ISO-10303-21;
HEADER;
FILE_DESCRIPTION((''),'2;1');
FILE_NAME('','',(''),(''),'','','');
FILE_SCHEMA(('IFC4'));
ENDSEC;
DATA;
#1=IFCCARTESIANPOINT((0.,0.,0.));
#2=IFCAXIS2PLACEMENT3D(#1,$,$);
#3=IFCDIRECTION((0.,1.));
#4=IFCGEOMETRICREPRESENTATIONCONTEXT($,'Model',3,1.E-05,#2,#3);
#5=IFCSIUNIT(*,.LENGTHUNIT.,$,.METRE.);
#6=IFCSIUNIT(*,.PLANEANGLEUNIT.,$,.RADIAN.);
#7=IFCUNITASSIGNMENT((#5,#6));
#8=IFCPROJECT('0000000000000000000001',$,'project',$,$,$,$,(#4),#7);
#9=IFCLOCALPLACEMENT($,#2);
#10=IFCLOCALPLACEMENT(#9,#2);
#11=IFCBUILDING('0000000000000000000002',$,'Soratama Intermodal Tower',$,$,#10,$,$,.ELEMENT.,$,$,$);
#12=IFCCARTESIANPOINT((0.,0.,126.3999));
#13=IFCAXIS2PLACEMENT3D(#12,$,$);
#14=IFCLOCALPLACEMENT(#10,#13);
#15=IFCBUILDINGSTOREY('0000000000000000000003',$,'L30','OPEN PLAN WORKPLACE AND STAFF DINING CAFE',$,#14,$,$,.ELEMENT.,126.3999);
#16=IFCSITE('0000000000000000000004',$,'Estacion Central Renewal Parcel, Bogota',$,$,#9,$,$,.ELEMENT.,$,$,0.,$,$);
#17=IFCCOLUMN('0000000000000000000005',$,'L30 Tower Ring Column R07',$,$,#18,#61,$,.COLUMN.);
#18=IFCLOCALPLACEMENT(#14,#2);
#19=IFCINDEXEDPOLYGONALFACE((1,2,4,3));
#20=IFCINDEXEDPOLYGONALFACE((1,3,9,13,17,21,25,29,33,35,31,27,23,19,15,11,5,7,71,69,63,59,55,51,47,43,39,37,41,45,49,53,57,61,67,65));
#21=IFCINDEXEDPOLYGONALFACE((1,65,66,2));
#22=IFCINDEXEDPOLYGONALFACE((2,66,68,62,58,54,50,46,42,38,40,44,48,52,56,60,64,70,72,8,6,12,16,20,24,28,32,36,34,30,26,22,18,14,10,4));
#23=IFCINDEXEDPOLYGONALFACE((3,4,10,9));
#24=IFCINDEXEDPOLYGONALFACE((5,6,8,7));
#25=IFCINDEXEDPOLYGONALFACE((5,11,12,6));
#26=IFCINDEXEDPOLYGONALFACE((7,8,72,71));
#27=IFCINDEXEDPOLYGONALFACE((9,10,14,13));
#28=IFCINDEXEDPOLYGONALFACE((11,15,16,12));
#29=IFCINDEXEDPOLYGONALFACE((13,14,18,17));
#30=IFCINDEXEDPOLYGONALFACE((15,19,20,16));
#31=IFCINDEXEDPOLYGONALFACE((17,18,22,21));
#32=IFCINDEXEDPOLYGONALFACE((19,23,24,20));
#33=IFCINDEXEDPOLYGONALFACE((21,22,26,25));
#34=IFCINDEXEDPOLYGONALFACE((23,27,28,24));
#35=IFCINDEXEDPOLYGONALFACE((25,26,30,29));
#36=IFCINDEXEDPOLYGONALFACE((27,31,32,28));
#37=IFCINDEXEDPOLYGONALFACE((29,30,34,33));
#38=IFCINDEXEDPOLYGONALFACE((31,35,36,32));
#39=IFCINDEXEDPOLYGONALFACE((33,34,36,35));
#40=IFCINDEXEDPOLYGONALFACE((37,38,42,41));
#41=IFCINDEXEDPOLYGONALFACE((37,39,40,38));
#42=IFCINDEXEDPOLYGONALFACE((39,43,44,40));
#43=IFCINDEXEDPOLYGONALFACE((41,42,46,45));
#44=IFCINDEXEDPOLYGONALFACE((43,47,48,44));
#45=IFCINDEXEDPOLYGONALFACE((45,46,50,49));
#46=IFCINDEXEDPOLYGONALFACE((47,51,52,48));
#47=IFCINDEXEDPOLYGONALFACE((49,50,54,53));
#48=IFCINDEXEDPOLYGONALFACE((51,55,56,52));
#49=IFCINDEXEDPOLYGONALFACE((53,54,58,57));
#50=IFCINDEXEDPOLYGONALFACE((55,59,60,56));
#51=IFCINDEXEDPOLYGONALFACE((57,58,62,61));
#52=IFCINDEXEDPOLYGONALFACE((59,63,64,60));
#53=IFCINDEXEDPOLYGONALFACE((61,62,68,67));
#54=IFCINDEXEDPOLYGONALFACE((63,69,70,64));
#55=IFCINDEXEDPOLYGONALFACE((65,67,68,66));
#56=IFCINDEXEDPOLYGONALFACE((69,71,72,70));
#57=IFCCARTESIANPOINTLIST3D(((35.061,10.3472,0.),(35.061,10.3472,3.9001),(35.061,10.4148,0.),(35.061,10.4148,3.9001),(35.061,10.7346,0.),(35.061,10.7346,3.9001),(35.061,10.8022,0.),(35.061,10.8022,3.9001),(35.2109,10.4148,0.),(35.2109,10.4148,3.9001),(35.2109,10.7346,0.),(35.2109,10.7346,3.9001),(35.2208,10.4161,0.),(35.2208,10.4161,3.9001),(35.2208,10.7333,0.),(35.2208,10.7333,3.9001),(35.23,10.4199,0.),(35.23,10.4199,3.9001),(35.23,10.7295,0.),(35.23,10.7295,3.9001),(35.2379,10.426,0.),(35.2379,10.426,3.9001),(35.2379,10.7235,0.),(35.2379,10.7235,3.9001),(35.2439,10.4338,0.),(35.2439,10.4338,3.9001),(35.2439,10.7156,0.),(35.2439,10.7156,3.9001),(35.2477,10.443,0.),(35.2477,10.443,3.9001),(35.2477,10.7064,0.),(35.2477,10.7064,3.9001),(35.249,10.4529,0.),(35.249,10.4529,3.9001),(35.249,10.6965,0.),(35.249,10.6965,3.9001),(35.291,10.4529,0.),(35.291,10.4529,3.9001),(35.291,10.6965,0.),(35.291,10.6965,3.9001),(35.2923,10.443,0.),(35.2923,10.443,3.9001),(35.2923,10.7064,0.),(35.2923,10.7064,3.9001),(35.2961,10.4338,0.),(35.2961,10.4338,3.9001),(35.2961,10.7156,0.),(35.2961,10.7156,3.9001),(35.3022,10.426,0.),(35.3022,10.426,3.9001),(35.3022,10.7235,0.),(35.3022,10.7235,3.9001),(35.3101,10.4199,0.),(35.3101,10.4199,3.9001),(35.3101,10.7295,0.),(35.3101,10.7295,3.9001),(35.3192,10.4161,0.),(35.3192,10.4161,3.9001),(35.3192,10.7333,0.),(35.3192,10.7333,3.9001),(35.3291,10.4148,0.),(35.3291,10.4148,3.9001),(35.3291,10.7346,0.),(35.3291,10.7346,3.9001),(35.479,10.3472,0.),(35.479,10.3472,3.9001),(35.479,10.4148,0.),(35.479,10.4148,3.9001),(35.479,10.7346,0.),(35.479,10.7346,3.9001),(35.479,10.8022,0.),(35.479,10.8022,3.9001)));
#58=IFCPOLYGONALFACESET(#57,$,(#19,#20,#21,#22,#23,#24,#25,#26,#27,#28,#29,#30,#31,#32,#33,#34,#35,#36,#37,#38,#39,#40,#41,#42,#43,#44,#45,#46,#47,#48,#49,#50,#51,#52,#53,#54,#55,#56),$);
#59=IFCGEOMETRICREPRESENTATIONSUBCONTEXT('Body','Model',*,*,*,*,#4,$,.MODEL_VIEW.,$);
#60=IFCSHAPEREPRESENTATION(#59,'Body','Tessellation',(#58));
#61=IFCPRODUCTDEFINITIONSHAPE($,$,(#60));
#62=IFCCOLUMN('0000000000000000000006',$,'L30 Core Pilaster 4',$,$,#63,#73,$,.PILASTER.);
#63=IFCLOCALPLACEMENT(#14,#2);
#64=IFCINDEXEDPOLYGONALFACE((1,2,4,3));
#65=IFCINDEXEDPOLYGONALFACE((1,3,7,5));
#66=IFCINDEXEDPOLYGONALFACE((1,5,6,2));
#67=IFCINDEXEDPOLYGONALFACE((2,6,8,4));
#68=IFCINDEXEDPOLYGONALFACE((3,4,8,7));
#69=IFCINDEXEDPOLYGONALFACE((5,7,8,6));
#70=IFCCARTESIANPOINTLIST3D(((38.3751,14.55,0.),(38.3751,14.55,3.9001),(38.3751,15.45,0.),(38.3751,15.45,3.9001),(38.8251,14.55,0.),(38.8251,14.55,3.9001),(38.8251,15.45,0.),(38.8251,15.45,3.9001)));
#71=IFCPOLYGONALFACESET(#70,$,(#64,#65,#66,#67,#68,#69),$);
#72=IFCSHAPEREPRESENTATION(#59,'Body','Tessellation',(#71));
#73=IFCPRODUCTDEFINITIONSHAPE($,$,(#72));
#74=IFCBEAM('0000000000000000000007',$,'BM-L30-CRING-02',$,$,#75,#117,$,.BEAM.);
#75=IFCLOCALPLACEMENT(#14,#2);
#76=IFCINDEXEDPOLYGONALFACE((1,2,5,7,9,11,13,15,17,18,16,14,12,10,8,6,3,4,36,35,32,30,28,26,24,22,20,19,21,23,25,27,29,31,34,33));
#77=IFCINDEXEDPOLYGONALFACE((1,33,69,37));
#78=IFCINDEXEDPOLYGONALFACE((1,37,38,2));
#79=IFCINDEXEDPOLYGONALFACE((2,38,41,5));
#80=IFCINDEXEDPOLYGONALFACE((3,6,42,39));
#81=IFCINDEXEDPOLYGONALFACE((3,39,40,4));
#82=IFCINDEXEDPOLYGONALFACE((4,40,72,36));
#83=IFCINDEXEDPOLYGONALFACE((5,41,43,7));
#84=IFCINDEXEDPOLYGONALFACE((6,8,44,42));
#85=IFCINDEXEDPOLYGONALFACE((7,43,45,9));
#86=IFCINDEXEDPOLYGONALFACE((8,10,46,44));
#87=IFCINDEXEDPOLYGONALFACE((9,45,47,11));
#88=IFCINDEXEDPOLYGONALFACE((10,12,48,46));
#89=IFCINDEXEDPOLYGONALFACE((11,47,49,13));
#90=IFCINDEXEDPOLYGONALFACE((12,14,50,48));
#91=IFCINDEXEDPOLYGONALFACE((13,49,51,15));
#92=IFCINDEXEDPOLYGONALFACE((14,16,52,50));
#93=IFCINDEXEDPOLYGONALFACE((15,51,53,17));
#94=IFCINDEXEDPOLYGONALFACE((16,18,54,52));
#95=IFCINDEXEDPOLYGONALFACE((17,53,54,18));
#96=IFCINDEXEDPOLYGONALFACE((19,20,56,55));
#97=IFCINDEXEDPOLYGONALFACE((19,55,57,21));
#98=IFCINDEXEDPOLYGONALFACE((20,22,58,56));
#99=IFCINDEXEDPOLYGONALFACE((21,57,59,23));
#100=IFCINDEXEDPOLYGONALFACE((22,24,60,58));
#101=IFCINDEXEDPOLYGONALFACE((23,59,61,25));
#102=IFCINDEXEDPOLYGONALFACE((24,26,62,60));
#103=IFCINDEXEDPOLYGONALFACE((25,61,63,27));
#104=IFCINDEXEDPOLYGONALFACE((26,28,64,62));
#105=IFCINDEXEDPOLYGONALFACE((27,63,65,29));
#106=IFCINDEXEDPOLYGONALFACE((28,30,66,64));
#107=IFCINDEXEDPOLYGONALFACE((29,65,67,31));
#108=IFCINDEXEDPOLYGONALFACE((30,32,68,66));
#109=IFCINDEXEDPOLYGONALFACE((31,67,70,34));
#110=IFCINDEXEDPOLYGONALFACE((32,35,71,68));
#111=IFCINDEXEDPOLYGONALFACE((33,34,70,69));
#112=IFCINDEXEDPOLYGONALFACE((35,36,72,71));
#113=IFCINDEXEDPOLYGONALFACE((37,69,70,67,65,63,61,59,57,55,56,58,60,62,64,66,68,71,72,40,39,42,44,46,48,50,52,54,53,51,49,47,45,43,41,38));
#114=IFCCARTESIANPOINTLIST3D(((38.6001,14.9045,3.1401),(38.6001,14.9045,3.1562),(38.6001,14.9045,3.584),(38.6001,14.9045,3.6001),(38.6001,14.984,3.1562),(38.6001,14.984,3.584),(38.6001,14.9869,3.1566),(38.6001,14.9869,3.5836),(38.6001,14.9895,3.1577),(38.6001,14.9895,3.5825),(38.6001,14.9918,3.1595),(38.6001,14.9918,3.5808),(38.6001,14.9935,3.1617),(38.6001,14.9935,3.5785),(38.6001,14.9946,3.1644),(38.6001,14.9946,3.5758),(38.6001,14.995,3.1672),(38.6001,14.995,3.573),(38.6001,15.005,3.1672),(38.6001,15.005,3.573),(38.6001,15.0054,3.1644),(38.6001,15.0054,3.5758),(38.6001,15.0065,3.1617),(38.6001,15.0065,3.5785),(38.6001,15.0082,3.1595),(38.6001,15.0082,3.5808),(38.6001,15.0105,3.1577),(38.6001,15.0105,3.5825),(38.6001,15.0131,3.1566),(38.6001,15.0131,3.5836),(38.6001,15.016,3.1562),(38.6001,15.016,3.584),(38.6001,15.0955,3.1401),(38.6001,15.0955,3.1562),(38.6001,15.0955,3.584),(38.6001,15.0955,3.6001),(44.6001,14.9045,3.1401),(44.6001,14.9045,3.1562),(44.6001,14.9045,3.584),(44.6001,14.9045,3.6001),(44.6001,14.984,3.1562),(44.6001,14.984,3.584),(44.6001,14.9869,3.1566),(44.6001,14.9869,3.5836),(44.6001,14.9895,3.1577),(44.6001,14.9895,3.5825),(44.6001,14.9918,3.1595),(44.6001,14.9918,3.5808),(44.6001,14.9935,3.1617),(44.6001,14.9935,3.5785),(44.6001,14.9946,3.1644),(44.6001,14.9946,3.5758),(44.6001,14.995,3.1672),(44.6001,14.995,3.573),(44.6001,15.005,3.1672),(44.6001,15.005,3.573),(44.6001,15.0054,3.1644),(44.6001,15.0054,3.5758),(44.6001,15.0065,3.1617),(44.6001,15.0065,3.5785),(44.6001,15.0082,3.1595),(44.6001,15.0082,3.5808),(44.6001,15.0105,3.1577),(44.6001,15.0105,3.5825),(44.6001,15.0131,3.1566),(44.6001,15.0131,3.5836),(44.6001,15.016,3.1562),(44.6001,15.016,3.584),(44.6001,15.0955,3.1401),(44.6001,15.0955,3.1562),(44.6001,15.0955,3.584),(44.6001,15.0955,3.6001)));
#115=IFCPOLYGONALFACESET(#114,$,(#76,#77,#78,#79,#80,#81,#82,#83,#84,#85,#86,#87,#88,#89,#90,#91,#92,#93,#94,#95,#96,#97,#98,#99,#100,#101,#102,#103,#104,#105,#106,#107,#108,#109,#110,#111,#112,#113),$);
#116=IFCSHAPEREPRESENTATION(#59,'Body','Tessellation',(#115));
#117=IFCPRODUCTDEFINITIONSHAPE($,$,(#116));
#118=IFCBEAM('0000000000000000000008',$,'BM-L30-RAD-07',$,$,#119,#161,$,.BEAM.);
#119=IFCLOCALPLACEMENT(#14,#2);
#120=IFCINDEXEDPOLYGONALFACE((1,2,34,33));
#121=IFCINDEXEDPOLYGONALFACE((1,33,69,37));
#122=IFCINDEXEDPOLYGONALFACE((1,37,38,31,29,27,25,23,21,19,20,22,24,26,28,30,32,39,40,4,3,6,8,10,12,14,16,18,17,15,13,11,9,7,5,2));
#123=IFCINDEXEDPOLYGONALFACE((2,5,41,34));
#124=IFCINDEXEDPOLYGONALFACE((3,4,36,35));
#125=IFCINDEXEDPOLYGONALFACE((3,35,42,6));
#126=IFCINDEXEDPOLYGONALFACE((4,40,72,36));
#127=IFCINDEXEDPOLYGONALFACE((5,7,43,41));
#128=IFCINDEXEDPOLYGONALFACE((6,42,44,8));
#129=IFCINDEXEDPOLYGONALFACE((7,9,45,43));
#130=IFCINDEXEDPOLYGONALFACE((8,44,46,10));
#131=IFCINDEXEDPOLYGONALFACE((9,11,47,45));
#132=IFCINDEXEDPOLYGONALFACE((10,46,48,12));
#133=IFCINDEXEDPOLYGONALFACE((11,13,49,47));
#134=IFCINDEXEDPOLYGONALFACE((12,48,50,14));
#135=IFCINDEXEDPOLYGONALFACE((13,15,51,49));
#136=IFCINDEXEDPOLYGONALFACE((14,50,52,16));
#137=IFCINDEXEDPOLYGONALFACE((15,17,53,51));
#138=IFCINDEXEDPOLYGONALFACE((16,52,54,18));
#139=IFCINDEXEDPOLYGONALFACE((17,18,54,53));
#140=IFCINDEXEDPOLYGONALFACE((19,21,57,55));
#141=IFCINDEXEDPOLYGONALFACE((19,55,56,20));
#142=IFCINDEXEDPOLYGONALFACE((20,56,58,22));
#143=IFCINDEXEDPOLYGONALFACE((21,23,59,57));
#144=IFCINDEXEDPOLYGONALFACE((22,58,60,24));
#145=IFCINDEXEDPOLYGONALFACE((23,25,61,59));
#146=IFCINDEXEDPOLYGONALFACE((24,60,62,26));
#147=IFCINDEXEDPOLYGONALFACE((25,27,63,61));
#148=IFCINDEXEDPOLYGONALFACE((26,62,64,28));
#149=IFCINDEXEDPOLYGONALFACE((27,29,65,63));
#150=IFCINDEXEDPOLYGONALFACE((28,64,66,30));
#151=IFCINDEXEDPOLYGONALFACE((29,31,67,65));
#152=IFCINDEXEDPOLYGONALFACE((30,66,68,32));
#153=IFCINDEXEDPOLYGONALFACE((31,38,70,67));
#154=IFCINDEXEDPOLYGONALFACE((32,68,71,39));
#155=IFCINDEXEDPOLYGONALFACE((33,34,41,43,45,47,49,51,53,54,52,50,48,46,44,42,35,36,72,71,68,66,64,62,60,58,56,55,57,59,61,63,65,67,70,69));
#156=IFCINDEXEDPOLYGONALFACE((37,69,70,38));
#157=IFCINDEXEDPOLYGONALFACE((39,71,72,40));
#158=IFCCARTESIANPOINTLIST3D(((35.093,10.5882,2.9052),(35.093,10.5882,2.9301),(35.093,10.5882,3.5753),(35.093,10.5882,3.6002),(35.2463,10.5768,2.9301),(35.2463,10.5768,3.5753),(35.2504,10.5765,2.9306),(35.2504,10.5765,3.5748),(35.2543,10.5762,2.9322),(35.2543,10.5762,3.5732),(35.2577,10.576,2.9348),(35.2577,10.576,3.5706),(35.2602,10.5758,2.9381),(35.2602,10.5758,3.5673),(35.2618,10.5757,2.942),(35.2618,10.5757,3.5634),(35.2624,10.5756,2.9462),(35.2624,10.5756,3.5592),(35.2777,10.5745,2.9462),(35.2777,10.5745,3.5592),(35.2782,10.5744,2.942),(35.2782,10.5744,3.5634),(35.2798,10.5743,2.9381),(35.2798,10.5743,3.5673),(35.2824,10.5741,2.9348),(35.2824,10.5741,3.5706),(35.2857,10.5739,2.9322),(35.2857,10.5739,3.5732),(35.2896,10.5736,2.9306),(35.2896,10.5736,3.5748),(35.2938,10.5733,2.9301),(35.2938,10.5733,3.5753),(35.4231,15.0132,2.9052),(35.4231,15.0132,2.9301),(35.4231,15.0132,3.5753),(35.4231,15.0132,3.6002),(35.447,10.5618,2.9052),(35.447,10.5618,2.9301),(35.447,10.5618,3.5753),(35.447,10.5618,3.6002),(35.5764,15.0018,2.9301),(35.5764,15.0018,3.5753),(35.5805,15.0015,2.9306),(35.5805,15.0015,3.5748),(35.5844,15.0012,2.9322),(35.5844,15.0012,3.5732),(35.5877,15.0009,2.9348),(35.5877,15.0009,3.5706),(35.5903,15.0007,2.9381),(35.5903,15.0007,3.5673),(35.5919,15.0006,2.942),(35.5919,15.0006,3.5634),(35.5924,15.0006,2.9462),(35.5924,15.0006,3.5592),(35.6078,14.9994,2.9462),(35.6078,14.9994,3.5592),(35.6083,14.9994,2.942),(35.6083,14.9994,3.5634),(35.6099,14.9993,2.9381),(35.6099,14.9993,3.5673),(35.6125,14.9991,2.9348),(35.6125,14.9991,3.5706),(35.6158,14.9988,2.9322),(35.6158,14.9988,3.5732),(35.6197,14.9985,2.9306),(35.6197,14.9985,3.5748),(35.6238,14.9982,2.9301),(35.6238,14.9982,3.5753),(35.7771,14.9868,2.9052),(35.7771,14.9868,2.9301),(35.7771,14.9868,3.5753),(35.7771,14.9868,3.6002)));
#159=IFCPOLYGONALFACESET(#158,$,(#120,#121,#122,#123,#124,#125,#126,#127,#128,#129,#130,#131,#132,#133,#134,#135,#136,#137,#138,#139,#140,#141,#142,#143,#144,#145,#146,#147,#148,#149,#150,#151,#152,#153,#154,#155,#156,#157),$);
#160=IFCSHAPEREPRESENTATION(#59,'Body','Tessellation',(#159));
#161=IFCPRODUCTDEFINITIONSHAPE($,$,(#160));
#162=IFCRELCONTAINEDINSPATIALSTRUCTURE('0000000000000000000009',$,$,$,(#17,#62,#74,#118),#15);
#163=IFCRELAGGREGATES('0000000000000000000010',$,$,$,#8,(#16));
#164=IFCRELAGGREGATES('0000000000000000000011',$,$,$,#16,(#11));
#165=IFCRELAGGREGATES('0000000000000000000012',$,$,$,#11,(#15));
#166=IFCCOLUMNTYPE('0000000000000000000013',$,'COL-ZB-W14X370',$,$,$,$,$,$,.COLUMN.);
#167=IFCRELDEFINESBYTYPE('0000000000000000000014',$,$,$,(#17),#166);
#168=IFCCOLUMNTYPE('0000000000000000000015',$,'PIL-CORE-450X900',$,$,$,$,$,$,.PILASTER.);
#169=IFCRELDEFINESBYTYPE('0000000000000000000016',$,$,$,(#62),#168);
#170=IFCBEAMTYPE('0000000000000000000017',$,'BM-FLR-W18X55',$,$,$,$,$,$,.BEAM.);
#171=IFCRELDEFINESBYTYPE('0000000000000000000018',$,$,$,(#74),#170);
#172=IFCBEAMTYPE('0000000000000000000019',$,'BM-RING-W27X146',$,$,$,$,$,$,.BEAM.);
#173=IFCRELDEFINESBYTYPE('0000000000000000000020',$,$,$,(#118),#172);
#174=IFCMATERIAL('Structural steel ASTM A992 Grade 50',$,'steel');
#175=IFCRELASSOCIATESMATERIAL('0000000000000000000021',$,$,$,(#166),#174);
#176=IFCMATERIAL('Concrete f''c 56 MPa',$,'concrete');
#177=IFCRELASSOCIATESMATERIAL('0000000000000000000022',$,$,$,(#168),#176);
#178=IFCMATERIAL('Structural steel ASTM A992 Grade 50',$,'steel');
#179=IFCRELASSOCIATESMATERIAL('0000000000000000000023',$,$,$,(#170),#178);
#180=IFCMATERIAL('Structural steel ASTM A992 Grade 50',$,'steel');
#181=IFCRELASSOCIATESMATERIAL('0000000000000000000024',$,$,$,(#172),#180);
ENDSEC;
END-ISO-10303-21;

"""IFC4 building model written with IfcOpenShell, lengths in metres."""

from ifc_helpers import new_model, si_unit, direction, frame, origin, origin_2d, place, context, subcontext, project, spatial, rectangle, i_section, extrude, material, material_profile, profile_set, type_object, element, save


model = new_model("IFC4")

# Units and contexts
model_context = context("Model", 3, precision=1e-05, world=origin(), true_north=direction((0.0, 1.0)))
body_context = subcontext(model_context, "Body", "Model", "MODEL_VIEW")
ifc_project = project(units=[si_unit("LENGTHUNIT", "METRE"), si_unit("PLANEANGLEUNIT", "RADIAN")], contexts=[model_context])

# Site, building, storey
site_placement = place(None, origin())
site = spatial("IfcSite", under=ifc_project, at=site_placement, Name="Estacion Central Renewal Parcel, Bogota", CompositionType="ELEMENT", RefElevation=0.0)
building_placement = place(site_placement, origin())
building = spatial("IfcBuilding", under=site, at=building_placement, Name="Soratama Intermodal Tower", CompositionType="ELEMENT")
storey_placement = place(building_placement, frame((0.0, 0.0, 126.3999)))
storey = spatial("IfcBuildingStorey", under=building, at=storey_placement, Name="L30", Description="OPEN PLAN WORKPLACE AND STAFF DINING CAFE", CompositionType="ELEMENT", Elevation=126.3999)

# Columns
ifc_material_1 = material(Name="Structural steel ASTM A992 Grade 50", Category="steel")
ifc_material_profile_1 = material_profile(ifc_material_1, i_section(OverallWidth=0.418, OverallDepth=0.4551, WebThickness=0.042, FlangeThickness=0.0676, FilletRadius=0.0381, at=origin_2d()), Name="W14X370")
ifc_profile_set_1 = profile_set([ifc_material_profile_1], Name="Structural steel ASTM A992 Grade 50")
column_type_1 = type_object("IfcColumnType", Name="COL-ZB-W14X370", PredefinedType="COLUMN", material=ifc_profile_set_1)
column_1_placement = place(storey_placement, frame((35.27, 10.5747, 0.0), z_axis=(0.0, 0.0, 1.0), x_axis=(1.0, 0.0, 0.0)))
element("IfcColumn", 1, at=column_1_placement, inside=storey, type_object=column_type_1, Name="L30 Tower Ring Column R07", PredefinedType="COLUMN", context=body_context, shape_type="SweptSolid", body=[
    extrude(i_section(OverallWidth=0.418, OverallDepth=0.4551, WebThickness=0.042, FlangeThickness=0.0676, FilletRadius=0.0381, at=origin_2d()), origin(), (0.0, 0.0, 1.0), 3.9001),
])
ifc_material_2 = material(Name="Concrete f'c 56 MPa", Category="concrete")
ifc_material_profile_2 = material_profile(ifc_material_2, rectangle(XDim=0.45, YDim=0.8999, at=origin_2d()), Name="RC450X900")
ifc_profile_set_2 = profile_set([ifc_material_profile_2], Name="Concrete f'c 56 MPa")
column_type_2 = type_object("IfcColumnType", Name="PIL-CORE-450X900", PredefinedType="PILASTER", material=ifc_profile_set_2)
column_2_placement = place(storey_placement, frame((38.6001, 15.0, 0.0), z_axis=(0.0, 0.0, 1.0), x_axis=(1.0, 0.0, 0.0)))
element("IfcColumn", 2, at=column_2_placement, inside=storey, type_object=column_type_2, Name="L30 Core Pilaster 4", PredefinedType="PILASTER", context=body_context, shape_type="SweptSolid", body=[
    extrude(rectangle(XDim=0.45, YDim=0.8999, at=origin_2d()), origin(), (0.0, 0.0, 1.0), 3.9001),
])

# Beams
ifc_material_3 = material(Name="Structural steel ASTM A992 Grade 50", Category="steel")
ifc_material_profile_3 = material_profile(ifc_material_3, i_section(OverallWidth=0.1909, OverallDepth=0.46, WebThickness=0.01, FlangeThickness=0.0161, FilletRadius=0.011, at=origin_2d()), Name="W18X55")
ifc_profile_set_3 = profile_set([ifc_material_profile_3], Name="Structural steel ASTM A992 Grade 50")
beam_type_1 = type_object("IfcBeamType", Name="BM-FLR-W18X55", PredefinedType="BEAM", material=ifc_profile_set_3)
beam_1_placement = place(storey_placement, frame((38.6001, 15.0, 3.3701), z_axis=(1.0, 0.0, 0.0), x_axis=(0.0, 1.0, 0.0)))
element("IfcBeam", 3, at=beam_1_placement, inside=storey, type_object=beam_type_1, Name="BM-L30-CRING-02", PredefinedType="BEAM", context=body_context, shape_type="SweptSolid", body=[
    extrude(i_section(OverallWidth=0.1909, OverallDepth=0.46, WebThickness=0.01, FlangeThickness=0.0161, FilletRadius=0.011, at=origin_2d()), origin(), (0.0, 0.0, 1.0), 6.0),
])
ifc_material_4 = material(Name="Structural steel ASTM A992 Grade 50", Category="steel")
ifc_material_profile_4 = material_profile(ifc_material_4, i_section(OverallWidth=0.355, OverallDepth=0.6951, WebThickness=0.0154, FlangeThickness=0.0249, FilletRadius=0.0161, at=origin_2d()), Name="W27X146")
ifc_profile_set_4 = profile_set([ifc_material_profile_4], Name="Structural steel ASTM A992 Grade 50")
beam_type_2 = type_object("IfcBeamType", Name="BM-RING-W27X146", PredefinedType="BEAM", material=ifc_profile_set_4)
beam_2_placement = place(storey_placement, frame((35.6001, 15.0, 3.2527), z_axis=(-0.074386, -0.997229, 0.0), x_axis=(0.997229, -0.074386, 0.0)))
element("IfcBeam", 4, at=beam_2_placement, inside=storey, type_object=beam_type_2, Name="BM-L30-RAD-07", PredefinedType="BEAM", context=body_context, shape_type="SweptSolid", body=[
    extrude(i_section(OverallWidth=0.355, OverallDepth=0.6951, WebThickness=0.0154, FlangeThickness=0.0249, FilletRadius=0.0161, at=origin_2d()), origin(), (0.0, 0.0, 1.0), 4.4373),
])

save(model, "model.ifc")
